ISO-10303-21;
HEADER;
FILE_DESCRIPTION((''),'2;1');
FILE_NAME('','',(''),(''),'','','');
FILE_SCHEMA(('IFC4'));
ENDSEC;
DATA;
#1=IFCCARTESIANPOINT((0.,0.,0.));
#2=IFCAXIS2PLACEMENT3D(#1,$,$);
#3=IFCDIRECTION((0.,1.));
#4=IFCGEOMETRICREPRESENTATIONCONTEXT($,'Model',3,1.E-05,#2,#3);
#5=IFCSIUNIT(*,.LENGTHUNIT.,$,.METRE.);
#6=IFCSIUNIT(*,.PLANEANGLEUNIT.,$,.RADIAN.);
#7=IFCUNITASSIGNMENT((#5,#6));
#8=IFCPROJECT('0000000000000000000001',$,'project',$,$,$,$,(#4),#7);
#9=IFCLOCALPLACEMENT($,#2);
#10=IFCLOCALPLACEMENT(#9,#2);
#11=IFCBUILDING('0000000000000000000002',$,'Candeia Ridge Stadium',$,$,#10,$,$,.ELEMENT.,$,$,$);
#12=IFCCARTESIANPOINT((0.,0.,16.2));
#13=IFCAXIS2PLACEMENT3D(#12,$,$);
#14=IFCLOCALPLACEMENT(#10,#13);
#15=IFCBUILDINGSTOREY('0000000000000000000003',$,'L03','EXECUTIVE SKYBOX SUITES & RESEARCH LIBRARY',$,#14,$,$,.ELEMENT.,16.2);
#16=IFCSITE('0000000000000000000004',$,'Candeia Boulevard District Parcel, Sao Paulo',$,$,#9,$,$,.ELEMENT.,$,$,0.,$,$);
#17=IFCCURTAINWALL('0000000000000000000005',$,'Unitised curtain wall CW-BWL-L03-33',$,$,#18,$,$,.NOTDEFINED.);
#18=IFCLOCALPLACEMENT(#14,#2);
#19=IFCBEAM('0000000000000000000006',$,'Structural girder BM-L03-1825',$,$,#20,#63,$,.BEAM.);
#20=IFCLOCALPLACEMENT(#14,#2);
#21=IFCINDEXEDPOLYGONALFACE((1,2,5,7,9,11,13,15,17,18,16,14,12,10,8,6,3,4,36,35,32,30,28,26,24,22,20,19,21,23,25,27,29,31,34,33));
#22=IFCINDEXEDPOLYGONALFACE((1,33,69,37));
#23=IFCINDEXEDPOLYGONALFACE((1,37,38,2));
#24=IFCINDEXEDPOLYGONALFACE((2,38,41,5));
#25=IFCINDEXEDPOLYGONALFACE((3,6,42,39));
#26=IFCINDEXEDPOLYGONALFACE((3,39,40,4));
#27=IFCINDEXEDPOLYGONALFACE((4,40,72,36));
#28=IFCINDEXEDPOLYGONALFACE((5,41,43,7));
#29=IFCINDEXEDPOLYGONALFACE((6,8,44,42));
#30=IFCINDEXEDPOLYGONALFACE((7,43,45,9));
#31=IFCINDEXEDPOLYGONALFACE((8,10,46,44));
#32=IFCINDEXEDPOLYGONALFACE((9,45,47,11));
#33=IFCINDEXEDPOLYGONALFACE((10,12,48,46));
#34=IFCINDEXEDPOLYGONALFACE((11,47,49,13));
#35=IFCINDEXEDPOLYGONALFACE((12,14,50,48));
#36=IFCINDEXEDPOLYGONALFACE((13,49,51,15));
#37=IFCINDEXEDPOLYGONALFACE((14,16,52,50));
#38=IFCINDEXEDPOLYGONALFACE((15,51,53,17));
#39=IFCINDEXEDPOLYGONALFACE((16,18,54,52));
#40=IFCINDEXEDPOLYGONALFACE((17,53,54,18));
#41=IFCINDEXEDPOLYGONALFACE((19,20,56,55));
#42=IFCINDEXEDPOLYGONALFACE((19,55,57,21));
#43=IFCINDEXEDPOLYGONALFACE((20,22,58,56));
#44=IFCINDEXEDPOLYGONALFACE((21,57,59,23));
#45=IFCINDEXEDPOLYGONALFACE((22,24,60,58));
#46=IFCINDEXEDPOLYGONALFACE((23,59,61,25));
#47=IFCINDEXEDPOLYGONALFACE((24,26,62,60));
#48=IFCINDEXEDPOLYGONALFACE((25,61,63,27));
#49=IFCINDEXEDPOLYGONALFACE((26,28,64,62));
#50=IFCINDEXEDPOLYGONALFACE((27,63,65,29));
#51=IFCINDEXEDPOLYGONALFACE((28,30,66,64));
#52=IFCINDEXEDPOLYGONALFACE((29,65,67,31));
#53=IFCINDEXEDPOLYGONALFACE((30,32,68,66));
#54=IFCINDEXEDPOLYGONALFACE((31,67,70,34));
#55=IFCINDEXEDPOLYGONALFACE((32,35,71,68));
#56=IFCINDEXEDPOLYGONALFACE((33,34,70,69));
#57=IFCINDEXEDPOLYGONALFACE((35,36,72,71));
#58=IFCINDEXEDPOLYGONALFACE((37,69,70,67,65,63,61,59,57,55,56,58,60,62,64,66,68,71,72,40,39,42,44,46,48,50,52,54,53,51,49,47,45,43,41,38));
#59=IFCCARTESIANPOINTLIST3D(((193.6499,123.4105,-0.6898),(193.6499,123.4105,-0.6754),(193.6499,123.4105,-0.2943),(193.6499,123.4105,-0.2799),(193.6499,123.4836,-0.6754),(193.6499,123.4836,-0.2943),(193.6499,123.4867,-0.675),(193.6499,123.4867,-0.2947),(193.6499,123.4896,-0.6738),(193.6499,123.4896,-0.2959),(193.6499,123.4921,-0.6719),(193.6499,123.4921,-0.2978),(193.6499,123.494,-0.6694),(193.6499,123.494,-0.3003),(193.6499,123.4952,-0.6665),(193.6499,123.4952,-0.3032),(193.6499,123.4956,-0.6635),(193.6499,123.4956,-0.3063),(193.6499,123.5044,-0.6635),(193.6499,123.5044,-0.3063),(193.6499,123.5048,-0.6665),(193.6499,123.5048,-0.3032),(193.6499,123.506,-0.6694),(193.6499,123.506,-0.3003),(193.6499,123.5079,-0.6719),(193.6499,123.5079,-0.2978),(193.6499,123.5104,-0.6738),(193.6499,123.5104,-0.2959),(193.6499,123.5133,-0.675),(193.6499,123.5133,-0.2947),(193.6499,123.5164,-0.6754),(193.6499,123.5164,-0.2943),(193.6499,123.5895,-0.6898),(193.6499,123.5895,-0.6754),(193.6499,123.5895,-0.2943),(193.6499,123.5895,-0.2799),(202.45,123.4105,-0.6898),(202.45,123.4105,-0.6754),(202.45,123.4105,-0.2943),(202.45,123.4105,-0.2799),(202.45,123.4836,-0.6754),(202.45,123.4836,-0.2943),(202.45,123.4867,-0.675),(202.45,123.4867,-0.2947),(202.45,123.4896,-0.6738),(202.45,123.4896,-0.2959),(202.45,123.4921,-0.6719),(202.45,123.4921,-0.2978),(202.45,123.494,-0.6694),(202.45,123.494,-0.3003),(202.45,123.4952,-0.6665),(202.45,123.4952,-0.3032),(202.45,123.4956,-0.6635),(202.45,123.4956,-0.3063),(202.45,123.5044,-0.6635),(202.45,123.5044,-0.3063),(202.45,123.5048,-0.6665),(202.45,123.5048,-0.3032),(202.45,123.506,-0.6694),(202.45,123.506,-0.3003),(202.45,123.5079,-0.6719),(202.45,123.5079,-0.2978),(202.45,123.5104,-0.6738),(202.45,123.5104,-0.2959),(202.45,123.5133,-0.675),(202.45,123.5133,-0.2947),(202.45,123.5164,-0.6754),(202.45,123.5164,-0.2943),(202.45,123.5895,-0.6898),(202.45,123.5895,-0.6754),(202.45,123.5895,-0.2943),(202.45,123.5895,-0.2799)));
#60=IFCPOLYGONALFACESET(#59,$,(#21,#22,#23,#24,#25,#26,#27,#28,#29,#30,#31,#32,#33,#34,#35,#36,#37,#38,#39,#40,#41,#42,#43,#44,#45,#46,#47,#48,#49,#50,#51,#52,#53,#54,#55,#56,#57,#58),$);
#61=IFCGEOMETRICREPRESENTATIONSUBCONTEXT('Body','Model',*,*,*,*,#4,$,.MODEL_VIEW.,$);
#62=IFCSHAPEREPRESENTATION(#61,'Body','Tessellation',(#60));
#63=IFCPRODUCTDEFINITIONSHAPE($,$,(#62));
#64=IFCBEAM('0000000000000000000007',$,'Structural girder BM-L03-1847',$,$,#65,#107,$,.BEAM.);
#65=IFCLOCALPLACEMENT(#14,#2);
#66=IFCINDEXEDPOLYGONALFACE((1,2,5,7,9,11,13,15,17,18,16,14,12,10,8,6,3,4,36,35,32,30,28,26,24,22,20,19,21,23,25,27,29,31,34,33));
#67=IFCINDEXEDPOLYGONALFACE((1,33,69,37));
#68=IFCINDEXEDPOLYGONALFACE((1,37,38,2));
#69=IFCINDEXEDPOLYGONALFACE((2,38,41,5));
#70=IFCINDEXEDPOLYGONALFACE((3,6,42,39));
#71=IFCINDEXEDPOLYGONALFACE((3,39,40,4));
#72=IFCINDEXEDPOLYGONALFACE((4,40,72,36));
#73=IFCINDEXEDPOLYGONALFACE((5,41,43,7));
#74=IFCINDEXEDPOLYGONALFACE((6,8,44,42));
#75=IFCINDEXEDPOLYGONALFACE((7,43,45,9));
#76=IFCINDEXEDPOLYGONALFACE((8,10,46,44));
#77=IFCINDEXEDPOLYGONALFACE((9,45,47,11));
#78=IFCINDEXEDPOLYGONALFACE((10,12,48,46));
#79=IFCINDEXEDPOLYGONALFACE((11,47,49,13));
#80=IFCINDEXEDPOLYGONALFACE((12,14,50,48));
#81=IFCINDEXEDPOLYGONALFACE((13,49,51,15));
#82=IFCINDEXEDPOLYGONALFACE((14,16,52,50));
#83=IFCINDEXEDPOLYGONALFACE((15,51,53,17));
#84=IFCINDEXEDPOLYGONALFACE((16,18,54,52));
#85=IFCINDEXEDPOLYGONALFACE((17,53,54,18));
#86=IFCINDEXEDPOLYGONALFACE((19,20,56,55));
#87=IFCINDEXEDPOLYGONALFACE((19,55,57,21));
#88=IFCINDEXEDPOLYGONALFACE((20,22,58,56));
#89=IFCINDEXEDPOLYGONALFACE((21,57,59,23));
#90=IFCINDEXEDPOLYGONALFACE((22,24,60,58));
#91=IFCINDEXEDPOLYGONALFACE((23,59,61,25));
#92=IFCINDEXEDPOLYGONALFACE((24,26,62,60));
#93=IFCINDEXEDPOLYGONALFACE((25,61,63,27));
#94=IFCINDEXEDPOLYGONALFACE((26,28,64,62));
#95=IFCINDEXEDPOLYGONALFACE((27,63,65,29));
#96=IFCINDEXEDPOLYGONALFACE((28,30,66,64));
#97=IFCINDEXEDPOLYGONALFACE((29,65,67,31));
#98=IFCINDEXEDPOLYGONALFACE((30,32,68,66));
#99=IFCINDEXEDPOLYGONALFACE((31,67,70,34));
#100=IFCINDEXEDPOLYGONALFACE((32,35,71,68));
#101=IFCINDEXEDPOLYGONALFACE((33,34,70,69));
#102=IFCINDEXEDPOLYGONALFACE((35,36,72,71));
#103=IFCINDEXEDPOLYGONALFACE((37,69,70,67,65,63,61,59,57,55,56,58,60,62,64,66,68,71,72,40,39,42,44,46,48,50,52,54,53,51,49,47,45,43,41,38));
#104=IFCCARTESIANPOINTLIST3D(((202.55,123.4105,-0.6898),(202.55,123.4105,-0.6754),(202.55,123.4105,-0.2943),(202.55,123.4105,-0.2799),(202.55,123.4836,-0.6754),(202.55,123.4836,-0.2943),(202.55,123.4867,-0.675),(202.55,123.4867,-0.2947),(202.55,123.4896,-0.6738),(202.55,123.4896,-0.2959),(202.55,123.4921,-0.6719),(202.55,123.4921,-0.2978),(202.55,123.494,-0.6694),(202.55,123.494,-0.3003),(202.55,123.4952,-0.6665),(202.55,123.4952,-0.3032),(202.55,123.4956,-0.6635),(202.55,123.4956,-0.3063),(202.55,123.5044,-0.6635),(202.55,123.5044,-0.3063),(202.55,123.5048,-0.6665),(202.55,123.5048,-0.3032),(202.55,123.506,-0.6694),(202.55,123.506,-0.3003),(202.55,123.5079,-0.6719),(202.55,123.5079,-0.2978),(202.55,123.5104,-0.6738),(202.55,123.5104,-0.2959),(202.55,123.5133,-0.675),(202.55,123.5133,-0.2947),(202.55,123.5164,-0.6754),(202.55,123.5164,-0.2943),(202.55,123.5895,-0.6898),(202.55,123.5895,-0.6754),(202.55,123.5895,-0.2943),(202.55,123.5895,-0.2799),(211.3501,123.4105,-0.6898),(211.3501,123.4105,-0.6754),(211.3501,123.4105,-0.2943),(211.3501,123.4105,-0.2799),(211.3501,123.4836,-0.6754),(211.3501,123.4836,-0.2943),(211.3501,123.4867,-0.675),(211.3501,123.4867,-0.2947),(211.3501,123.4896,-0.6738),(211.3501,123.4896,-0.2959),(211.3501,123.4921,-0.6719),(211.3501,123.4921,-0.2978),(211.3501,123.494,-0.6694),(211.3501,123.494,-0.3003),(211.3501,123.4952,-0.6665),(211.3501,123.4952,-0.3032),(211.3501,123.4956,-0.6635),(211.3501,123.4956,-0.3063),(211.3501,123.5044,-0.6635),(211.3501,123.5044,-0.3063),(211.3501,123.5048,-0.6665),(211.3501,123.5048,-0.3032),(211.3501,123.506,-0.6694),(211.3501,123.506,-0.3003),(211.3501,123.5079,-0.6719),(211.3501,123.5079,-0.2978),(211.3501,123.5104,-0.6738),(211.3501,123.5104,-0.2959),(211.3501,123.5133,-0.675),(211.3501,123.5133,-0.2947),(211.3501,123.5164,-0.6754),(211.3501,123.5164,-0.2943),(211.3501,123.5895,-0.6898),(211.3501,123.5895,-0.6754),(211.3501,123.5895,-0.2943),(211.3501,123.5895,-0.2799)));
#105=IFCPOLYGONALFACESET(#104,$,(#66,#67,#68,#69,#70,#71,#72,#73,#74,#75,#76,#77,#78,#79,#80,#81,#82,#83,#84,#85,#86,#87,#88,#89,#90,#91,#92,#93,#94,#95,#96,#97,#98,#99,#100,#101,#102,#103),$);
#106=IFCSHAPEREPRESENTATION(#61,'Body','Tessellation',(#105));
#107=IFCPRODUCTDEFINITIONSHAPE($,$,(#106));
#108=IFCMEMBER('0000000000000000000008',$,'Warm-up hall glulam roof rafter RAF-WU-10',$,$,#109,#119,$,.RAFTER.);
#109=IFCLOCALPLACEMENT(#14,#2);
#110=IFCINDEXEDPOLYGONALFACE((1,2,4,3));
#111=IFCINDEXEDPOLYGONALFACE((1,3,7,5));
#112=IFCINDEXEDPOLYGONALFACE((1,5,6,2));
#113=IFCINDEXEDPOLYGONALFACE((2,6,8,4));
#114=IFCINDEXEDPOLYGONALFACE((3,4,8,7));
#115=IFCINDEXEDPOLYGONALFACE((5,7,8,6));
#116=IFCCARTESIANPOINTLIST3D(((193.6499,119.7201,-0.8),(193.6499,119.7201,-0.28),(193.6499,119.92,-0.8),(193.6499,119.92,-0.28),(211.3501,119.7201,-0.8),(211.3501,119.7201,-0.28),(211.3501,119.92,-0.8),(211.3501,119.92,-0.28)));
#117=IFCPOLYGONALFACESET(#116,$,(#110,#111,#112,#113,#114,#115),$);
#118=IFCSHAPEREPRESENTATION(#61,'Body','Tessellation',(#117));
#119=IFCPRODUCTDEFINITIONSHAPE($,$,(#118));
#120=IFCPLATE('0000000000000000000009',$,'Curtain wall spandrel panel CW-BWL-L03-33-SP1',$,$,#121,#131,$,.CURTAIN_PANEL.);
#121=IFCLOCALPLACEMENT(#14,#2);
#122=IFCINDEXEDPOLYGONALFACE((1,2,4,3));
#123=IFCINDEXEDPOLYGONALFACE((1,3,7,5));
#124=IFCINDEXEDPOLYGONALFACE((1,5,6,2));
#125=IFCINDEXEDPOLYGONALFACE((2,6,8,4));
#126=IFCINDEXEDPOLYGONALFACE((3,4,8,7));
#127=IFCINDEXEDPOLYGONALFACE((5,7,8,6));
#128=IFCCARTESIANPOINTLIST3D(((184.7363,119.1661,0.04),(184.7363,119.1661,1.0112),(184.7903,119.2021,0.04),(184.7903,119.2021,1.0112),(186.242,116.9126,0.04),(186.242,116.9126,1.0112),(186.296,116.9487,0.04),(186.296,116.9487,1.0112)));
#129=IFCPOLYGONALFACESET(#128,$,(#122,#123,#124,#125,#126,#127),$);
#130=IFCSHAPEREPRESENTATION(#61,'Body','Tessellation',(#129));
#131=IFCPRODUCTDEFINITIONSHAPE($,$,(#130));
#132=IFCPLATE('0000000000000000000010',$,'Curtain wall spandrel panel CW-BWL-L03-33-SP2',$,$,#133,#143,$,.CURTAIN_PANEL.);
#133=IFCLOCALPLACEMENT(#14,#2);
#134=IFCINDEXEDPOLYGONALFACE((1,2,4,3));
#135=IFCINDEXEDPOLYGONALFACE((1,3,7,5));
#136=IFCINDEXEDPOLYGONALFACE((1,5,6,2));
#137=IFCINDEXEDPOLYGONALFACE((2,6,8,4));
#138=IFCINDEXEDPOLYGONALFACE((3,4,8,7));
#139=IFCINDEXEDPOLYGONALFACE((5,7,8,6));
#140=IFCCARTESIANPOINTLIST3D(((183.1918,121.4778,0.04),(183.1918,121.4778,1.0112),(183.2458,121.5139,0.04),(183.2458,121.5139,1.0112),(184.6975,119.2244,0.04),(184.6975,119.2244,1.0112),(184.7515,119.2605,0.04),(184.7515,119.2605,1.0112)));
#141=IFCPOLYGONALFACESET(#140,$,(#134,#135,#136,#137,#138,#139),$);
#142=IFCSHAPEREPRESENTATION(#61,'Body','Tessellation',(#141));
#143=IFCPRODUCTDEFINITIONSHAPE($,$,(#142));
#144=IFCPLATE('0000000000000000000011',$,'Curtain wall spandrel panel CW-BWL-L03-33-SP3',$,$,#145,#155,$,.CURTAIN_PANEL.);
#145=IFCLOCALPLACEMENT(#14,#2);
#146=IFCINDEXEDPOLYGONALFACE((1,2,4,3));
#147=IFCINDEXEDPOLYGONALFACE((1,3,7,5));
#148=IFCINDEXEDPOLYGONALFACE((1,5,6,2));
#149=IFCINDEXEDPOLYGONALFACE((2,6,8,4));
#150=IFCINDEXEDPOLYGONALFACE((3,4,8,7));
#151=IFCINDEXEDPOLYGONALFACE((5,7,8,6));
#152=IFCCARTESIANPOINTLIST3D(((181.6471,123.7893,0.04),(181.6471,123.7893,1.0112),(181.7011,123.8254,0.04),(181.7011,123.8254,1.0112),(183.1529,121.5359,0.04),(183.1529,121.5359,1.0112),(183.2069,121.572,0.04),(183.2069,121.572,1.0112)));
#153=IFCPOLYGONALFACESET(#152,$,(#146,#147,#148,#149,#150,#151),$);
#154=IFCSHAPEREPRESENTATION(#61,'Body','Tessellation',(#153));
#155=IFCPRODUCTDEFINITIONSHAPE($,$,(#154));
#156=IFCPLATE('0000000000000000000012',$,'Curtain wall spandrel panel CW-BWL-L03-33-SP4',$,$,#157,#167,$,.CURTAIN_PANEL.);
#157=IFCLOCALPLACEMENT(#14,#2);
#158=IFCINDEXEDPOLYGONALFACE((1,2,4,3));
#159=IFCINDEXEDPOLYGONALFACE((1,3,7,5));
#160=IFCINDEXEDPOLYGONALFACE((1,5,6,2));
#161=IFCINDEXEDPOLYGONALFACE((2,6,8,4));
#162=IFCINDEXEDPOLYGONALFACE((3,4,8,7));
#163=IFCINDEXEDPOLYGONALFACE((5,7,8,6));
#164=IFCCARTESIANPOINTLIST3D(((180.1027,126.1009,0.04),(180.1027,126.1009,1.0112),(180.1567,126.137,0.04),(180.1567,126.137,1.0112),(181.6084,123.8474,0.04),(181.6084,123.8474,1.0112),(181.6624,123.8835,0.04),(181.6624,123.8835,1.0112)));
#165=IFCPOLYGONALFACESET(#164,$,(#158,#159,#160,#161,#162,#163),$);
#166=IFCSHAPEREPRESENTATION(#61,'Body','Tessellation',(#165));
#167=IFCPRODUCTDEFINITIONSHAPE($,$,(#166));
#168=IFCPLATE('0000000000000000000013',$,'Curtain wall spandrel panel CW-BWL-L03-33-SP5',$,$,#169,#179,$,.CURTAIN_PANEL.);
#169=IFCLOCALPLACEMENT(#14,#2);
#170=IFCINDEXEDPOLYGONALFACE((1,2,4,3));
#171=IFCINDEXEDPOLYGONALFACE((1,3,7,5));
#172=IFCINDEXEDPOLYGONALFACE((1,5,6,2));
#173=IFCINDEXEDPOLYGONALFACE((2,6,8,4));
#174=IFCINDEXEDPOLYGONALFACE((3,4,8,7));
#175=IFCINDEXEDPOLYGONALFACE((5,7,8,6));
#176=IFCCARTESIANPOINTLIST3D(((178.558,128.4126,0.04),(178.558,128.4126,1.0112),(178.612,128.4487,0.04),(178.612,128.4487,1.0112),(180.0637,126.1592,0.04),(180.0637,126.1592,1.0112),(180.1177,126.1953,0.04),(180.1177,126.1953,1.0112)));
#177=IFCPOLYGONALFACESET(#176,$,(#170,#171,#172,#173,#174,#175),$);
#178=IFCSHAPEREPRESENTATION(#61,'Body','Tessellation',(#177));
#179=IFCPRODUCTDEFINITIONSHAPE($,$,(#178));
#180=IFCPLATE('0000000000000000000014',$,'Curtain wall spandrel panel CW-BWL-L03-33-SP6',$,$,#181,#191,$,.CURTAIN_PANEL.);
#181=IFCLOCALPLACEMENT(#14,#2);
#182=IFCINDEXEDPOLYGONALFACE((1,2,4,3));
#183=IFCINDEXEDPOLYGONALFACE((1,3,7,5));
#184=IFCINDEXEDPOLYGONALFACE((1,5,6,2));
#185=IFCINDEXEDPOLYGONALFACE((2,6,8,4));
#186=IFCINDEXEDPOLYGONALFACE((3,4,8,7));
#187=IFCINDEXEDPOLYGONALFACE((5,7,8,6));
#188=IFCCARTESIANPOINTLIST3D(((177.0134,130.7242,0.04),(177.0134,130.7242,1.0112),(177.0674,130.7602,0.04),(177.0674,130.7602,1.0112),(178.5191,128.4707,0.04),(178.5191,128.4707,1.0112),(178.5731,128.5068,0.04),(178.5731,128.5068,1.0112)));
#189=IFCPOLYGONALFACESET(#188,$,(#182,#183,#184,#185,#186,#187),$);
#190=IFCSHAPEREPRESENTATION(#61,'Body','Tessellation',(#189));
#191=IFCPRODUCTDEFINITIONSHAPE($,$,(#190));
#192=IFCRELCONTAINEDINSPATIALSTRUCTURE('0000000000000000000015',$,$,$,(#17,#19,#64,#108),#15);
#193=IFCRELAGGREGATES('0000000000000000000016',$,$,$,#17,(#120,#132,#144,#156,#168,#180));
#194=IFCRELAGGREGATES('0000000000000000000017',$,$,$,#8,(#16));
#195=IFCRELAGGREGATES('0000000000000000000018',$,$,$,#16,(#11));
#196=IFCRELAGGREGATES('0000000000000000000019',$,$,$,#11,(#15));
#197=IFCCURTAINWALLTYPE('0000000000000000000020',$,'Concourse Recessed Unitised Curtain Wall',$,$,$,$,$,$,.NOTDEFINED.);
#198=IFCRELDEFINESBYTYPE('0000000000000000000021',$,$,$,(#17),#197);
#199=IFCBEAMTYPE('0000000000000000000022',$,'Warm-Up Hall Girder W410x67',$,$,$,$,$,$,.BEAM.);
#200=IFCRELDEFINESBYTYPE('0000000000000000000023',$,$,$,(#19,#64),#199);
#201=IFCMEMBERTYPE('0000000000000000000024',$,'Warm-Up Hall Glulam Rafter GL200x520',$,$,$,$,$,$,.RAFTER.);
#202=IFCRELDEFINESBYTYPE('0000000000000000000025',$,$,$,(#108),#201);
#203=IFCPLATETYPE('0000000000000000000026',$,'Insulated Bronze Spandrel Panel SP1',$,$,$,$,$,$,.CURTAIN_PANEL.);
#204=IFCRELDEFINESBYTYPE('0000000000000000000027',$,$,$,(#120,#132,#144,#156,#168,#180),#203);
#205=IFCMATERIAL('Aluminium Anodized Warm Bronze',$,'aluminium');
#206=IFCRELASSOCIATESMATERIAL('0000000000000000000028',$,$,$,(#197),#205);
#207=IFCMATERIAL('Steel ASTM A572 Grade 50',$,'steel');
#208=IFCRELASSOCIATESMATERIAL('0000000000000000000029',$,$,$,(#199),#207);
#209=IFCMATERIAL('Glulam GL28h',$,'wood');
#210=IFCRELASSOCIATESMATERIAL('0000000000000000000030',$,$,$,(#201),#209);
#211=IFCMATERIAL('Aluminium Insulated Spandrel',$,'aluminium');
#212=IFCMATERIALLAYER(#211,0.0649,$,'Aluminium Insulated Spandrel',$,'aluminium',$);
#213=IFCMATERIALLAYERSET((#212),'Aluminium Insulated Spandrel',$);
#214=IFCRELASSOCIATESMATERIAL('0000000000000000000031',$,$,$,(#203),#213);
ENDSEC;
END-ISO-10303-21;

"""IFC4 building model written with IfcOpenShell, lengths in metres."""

from ifc_helpers import new_model, si_unit, direction, frame, origin, origin_2d, place, context, subcontext, project, spatial, rectangle, i_section, extrude, material, layer, layer_set, material_profile, profile_set, type_object, element, aggregate, save


model = new_model("IFC4")

# Units and contexts
model_context = context("Model", 3, precision=1e-05, world=origin(), true_north=direction((0.0, 1.0)))
body_context = subcontext(model_context, "Body", "Model", "MODEL_VIEW")
ifc_project = project(units=[si_unit("LENGTHUNIT", "METRE"), si_unit("PLANEANGLEUNIT", "RADIAN")], contexts=[model_context])

# Site, building, storey
site_placement = place(None, origin())
site = spatial("IfcSite", under=ifc_project, at=site_placement, Name="Candeia Boulevard District Parcel, Sao Paulo", CompositionType="ELEMENT", RefElevation=0.0)
building_placement = place(site_placement, origin())
building = spatial("IfcBuilding", under=site, at=building_placement, Name="Candeia Ridge Stadium", CompositionType="ELEMENT")
storey_placement = place(building_placement, frame((0.0, 0.0, 16.2)))
storey = spatial("IfcBuildingStorey", under=building, at=storey_placement, Name="L03", Description="EXECUTIVE SKYBOX SUITES & RESEARCH LIBRARY", CompositionType="ELEMENT", Elevation=16.2)

# Curtain wall
ifc_material_1 = material(Name="Aluminium Anodized Warm Bronze", Category="aluminium")
curtain_wall_type = type_object("IfcCurtainWallType", Name="Concourse Recessed Unitised Curtain Wall", PredefinedType="NOTDEFINED", material=ifc_material_1)
curtain_wall_placement = place(storey_placement, origin())
curtain_wall = element("IfcCurtainWall", 1, at=curtain_wall_placement, inside=storey, type_object=curtain_wall_type, Name="Unitised curtain wall CW-BWL-L03-33", PredefinedType="NOTDEFINED")

# Beams
ifc_material_2 = material(Name="Steel ASTM A572 Grade 50", Category="steel")
ifc_material_profile_1 = material_profile(ifc_material_2, i_section(OverallWidth=0.179, OverallDepth=0.4099, WebThickness=0.0088, FlangeThickness=0.0144, FilletRadius=0.012, at=origin_2d()), Name="W410x67", Category="steel")
ifc_profile_set_1 = profile_set([ifc_material_profile_1], Name="Steel ASTM A572 Grade 50")
beam_type_1 = type_object("IfcBeamType", Name="Warm-Up Hall Girder W410x67", PredefinedType="BEAM", material=ifc_profile_set_1)
for number, where, z_axis, x_axis, name in (
    (2, (193.6499, 123.5, -0.4849), (1.0, 0.0, 0.0), (0.0, 1.0, 0.0), "Structural girder BM-L03-1825"),
    (3, (202.55, 123.5, -0.4849), (1.0, 0.0, 0.0), (0.0, 1.0, 0.0), "Structural girder BM-L03-1847"),
):
    element("IfcBeam", number, at=place(storey_placement, frame(where, z_axis=z_axis, x_axis=x_axis)), inside=storey, type_object=beam_type_1, Name=name, PredefinedType="BEAM", context=body_context, shape_type="SweptSolid", body=[
        extrude(i_section(OverallWidth=0.179, OverallDepth=0.4099, WebThickness=0.0088, FlangeThickness=0.0144, FilletRadius=0.012, at=origin_2d()), origin(), (0.0, 0.0, 1.0), 8.8),
    ])

# Member
ifc_material_3 = material(Name="Glulam GL28h", Category="wood")
ifc_material_profile_2 = material_profile(ifc_material_3, rectangle(XDim=0.2, YDim=0.52, at=origin_2d()), Name="GL200x520", Category="wood")
ifc_profile_set_2 = profile_set([ifc_material_profile_2], Name="Glulam GL28h")
member_type_1 = type_object("IfcMemberType", Name="Warm-Up Hall Glulam Rafter GL200x520", PredefinedType="RAFTER", material=ifc_profile_set_2)
member_1_placement = place(storey_placement, frame((193.6499, 119.8201, -0.54), z_axis=(1.0, 0.0, 0.0), x_axis=(0.0, 1.0, 0.0)))
element("IfcMember", 4, at=member_1_placement, inside=storey, type_object=member_type_1, Name="Warm-up hall glulam roof rafter RAF-WU-10", PredefinedType="RAFTER", context=body_context, shape_type="SweptSolid", body=[
    extrude(rectangle(XDim=0.2, YDim=0.52, at=origin_2d()), origin(), (0.0, 0.0, 1.0), 17.7002),
])

# Plates
ifc_material_4 = material(Name="Aluminium Insulated Spandrel", Category="aluminium")
ifc_layer_1 = layer(ifc_material_4, 0.0649, Name="Aluminium Insulated Spandrel", Category="aluminium")
ifc_layer_set_1 = layer_set([ifc_layer_1], Name="Aluminium Insulated Spandrel")
plate_type_1 = type_object("IfcPlateType", Name="Insulated Bronze Spandrel Panel SP1", PredefinedType="CURTAIN_PANEL", material=ifc_layer_set_1)
plate_1_placement = place(storey_placement, frame((185.5161, 118.0574, 0.04), z_axis=(0.0, 0.0, 1.0), x_axis=(-0.555571, 0.831469, 0.0)))
plate_1 = element("IfcPlate", 5, at=plate_1_placement, type_object=plate_type_1, Name="Curtain wall spandrel panel CW-BWL-L03-33-SP1", PredefinedType="CURTAIN_PANEL", context=body_context, shape_type="SweptSolid", body=[
    extrude(rectangle(XDim=2.7102, YDim=0.0649, at=origin_2d()), origin(), (0.0, 0.0, 1.0), 0.9712),
])
plate_2_placement = place(storey_placement, frame((183.9717, 120.3691, 0.04), z_axis=(0.0, 0.0, 1.0), x_axis=(-0.555571, 0.831469, 0.0)))
plate_2 = element("IfcPlate", 6, at=plate_2_placement, type_object=plate_type_1, Name="Curtain wall spandrel panel CW-BWL-L03-33-SP2", PredefinedType="CURTAIN_PANEL", context=body_context, shape_type="SweptSolid", body=[
    extrude(rectangle(XDim=2.7102, YDim=0.0649, at=origin_2d()), origin(), (0.0, 0.0, 1.0), 0.9712),
])
plate_3_placement = place(storey_placement, frame((182.427, 122.6807, 0.04), z_axis=(0.0, 0.0, 1.0), x_axis=(-0.555571, 0.831469, 0.0)))
plate_3 = element("IfcPlate", 7, at=plate_3_placement, type_object=plate_type_1, Name="Curtain wall spandrel panel CW-BWL-L03-33-SP3", PredefinedType="CURTAIN_PANEL", context=body_context, shape_type="SweptSolid", body=[
    extrude(rectangle(XDim=2.7102, YDim=0.0649, at=origin_2d()), origin(), (0.0, 0.0, 1.0), 0.9712),
])
plate_4_placement = place(storey_placement, frame((180.8826, 124.9922, 0.04), z_axis=(0.0, 0.0, 1.0), x_axis=(-0.555571, 0.831469, 0.0)))
plate_4 = element("IfcPlate", 8, at=plate_4_placement, type_object=plate_type_1, Name="Curtain wall spandrel panel CW-BWL-L03-33-SP4", PredefinedType="CURTAIN_PANEL", context=body_context, shape_type="SweptSolid", body=[
    extrude(rectangle(XDim=2.7102, YDim=0.0649, at=origin_2d()), origin(), (0.0, 0.0, 1.0), 0.9712),
])
plate_5_placement = place(storey_placement, frame((179.3379, 127.304, 0.04), z_axis=(0.0, 0.0, 1.0), x_axis=(-0.555571, 0.831469, 0.0)))
plate_5 = element("IfcPlate", 9, at=plate_5_placement, type_object=plate_type_1, Name="Curtain wall spandrel panel CW-BWL-L03-33-SP5", PredefinedType="CURTAIN_PANEL", context=body_context, shape_type="SweptSolid", body=[
    extrude(rectangle(XDim=2.7102, YDim=0.0649, at=origin_2d()), origin(), (0.0, 0.0, 1.0), 0.9712),
])
plate_6_placement = place(storey_placement, frame((177.7932, 129.6155, 0.04), z_axis=(0.0, 0.0, 1.0), x_axis=(-0.555571, 0.831469, 0.0)))
plate_6 = element("IfcPlate", 10, at=plate_6_placement, type_object=plate_type_1, Name="Curtain wall spandrel panel CW-BWL-L03-33-SP6", PredefinedType="CURTAIN_PANEL", context=body_context, shape_type="SweptSolid", body=[
    extrude(rectangle(XDim=2.7102, YDim=0.0649, at=origin_2d()), origin(), (0.0, 0.0, 1.0), 0.9712),
])
aggregate(curtain_wall, [plate_1, plate_2, plate_3, plate_4, plate_5, plate_6])

save(model, "model.ifc")
